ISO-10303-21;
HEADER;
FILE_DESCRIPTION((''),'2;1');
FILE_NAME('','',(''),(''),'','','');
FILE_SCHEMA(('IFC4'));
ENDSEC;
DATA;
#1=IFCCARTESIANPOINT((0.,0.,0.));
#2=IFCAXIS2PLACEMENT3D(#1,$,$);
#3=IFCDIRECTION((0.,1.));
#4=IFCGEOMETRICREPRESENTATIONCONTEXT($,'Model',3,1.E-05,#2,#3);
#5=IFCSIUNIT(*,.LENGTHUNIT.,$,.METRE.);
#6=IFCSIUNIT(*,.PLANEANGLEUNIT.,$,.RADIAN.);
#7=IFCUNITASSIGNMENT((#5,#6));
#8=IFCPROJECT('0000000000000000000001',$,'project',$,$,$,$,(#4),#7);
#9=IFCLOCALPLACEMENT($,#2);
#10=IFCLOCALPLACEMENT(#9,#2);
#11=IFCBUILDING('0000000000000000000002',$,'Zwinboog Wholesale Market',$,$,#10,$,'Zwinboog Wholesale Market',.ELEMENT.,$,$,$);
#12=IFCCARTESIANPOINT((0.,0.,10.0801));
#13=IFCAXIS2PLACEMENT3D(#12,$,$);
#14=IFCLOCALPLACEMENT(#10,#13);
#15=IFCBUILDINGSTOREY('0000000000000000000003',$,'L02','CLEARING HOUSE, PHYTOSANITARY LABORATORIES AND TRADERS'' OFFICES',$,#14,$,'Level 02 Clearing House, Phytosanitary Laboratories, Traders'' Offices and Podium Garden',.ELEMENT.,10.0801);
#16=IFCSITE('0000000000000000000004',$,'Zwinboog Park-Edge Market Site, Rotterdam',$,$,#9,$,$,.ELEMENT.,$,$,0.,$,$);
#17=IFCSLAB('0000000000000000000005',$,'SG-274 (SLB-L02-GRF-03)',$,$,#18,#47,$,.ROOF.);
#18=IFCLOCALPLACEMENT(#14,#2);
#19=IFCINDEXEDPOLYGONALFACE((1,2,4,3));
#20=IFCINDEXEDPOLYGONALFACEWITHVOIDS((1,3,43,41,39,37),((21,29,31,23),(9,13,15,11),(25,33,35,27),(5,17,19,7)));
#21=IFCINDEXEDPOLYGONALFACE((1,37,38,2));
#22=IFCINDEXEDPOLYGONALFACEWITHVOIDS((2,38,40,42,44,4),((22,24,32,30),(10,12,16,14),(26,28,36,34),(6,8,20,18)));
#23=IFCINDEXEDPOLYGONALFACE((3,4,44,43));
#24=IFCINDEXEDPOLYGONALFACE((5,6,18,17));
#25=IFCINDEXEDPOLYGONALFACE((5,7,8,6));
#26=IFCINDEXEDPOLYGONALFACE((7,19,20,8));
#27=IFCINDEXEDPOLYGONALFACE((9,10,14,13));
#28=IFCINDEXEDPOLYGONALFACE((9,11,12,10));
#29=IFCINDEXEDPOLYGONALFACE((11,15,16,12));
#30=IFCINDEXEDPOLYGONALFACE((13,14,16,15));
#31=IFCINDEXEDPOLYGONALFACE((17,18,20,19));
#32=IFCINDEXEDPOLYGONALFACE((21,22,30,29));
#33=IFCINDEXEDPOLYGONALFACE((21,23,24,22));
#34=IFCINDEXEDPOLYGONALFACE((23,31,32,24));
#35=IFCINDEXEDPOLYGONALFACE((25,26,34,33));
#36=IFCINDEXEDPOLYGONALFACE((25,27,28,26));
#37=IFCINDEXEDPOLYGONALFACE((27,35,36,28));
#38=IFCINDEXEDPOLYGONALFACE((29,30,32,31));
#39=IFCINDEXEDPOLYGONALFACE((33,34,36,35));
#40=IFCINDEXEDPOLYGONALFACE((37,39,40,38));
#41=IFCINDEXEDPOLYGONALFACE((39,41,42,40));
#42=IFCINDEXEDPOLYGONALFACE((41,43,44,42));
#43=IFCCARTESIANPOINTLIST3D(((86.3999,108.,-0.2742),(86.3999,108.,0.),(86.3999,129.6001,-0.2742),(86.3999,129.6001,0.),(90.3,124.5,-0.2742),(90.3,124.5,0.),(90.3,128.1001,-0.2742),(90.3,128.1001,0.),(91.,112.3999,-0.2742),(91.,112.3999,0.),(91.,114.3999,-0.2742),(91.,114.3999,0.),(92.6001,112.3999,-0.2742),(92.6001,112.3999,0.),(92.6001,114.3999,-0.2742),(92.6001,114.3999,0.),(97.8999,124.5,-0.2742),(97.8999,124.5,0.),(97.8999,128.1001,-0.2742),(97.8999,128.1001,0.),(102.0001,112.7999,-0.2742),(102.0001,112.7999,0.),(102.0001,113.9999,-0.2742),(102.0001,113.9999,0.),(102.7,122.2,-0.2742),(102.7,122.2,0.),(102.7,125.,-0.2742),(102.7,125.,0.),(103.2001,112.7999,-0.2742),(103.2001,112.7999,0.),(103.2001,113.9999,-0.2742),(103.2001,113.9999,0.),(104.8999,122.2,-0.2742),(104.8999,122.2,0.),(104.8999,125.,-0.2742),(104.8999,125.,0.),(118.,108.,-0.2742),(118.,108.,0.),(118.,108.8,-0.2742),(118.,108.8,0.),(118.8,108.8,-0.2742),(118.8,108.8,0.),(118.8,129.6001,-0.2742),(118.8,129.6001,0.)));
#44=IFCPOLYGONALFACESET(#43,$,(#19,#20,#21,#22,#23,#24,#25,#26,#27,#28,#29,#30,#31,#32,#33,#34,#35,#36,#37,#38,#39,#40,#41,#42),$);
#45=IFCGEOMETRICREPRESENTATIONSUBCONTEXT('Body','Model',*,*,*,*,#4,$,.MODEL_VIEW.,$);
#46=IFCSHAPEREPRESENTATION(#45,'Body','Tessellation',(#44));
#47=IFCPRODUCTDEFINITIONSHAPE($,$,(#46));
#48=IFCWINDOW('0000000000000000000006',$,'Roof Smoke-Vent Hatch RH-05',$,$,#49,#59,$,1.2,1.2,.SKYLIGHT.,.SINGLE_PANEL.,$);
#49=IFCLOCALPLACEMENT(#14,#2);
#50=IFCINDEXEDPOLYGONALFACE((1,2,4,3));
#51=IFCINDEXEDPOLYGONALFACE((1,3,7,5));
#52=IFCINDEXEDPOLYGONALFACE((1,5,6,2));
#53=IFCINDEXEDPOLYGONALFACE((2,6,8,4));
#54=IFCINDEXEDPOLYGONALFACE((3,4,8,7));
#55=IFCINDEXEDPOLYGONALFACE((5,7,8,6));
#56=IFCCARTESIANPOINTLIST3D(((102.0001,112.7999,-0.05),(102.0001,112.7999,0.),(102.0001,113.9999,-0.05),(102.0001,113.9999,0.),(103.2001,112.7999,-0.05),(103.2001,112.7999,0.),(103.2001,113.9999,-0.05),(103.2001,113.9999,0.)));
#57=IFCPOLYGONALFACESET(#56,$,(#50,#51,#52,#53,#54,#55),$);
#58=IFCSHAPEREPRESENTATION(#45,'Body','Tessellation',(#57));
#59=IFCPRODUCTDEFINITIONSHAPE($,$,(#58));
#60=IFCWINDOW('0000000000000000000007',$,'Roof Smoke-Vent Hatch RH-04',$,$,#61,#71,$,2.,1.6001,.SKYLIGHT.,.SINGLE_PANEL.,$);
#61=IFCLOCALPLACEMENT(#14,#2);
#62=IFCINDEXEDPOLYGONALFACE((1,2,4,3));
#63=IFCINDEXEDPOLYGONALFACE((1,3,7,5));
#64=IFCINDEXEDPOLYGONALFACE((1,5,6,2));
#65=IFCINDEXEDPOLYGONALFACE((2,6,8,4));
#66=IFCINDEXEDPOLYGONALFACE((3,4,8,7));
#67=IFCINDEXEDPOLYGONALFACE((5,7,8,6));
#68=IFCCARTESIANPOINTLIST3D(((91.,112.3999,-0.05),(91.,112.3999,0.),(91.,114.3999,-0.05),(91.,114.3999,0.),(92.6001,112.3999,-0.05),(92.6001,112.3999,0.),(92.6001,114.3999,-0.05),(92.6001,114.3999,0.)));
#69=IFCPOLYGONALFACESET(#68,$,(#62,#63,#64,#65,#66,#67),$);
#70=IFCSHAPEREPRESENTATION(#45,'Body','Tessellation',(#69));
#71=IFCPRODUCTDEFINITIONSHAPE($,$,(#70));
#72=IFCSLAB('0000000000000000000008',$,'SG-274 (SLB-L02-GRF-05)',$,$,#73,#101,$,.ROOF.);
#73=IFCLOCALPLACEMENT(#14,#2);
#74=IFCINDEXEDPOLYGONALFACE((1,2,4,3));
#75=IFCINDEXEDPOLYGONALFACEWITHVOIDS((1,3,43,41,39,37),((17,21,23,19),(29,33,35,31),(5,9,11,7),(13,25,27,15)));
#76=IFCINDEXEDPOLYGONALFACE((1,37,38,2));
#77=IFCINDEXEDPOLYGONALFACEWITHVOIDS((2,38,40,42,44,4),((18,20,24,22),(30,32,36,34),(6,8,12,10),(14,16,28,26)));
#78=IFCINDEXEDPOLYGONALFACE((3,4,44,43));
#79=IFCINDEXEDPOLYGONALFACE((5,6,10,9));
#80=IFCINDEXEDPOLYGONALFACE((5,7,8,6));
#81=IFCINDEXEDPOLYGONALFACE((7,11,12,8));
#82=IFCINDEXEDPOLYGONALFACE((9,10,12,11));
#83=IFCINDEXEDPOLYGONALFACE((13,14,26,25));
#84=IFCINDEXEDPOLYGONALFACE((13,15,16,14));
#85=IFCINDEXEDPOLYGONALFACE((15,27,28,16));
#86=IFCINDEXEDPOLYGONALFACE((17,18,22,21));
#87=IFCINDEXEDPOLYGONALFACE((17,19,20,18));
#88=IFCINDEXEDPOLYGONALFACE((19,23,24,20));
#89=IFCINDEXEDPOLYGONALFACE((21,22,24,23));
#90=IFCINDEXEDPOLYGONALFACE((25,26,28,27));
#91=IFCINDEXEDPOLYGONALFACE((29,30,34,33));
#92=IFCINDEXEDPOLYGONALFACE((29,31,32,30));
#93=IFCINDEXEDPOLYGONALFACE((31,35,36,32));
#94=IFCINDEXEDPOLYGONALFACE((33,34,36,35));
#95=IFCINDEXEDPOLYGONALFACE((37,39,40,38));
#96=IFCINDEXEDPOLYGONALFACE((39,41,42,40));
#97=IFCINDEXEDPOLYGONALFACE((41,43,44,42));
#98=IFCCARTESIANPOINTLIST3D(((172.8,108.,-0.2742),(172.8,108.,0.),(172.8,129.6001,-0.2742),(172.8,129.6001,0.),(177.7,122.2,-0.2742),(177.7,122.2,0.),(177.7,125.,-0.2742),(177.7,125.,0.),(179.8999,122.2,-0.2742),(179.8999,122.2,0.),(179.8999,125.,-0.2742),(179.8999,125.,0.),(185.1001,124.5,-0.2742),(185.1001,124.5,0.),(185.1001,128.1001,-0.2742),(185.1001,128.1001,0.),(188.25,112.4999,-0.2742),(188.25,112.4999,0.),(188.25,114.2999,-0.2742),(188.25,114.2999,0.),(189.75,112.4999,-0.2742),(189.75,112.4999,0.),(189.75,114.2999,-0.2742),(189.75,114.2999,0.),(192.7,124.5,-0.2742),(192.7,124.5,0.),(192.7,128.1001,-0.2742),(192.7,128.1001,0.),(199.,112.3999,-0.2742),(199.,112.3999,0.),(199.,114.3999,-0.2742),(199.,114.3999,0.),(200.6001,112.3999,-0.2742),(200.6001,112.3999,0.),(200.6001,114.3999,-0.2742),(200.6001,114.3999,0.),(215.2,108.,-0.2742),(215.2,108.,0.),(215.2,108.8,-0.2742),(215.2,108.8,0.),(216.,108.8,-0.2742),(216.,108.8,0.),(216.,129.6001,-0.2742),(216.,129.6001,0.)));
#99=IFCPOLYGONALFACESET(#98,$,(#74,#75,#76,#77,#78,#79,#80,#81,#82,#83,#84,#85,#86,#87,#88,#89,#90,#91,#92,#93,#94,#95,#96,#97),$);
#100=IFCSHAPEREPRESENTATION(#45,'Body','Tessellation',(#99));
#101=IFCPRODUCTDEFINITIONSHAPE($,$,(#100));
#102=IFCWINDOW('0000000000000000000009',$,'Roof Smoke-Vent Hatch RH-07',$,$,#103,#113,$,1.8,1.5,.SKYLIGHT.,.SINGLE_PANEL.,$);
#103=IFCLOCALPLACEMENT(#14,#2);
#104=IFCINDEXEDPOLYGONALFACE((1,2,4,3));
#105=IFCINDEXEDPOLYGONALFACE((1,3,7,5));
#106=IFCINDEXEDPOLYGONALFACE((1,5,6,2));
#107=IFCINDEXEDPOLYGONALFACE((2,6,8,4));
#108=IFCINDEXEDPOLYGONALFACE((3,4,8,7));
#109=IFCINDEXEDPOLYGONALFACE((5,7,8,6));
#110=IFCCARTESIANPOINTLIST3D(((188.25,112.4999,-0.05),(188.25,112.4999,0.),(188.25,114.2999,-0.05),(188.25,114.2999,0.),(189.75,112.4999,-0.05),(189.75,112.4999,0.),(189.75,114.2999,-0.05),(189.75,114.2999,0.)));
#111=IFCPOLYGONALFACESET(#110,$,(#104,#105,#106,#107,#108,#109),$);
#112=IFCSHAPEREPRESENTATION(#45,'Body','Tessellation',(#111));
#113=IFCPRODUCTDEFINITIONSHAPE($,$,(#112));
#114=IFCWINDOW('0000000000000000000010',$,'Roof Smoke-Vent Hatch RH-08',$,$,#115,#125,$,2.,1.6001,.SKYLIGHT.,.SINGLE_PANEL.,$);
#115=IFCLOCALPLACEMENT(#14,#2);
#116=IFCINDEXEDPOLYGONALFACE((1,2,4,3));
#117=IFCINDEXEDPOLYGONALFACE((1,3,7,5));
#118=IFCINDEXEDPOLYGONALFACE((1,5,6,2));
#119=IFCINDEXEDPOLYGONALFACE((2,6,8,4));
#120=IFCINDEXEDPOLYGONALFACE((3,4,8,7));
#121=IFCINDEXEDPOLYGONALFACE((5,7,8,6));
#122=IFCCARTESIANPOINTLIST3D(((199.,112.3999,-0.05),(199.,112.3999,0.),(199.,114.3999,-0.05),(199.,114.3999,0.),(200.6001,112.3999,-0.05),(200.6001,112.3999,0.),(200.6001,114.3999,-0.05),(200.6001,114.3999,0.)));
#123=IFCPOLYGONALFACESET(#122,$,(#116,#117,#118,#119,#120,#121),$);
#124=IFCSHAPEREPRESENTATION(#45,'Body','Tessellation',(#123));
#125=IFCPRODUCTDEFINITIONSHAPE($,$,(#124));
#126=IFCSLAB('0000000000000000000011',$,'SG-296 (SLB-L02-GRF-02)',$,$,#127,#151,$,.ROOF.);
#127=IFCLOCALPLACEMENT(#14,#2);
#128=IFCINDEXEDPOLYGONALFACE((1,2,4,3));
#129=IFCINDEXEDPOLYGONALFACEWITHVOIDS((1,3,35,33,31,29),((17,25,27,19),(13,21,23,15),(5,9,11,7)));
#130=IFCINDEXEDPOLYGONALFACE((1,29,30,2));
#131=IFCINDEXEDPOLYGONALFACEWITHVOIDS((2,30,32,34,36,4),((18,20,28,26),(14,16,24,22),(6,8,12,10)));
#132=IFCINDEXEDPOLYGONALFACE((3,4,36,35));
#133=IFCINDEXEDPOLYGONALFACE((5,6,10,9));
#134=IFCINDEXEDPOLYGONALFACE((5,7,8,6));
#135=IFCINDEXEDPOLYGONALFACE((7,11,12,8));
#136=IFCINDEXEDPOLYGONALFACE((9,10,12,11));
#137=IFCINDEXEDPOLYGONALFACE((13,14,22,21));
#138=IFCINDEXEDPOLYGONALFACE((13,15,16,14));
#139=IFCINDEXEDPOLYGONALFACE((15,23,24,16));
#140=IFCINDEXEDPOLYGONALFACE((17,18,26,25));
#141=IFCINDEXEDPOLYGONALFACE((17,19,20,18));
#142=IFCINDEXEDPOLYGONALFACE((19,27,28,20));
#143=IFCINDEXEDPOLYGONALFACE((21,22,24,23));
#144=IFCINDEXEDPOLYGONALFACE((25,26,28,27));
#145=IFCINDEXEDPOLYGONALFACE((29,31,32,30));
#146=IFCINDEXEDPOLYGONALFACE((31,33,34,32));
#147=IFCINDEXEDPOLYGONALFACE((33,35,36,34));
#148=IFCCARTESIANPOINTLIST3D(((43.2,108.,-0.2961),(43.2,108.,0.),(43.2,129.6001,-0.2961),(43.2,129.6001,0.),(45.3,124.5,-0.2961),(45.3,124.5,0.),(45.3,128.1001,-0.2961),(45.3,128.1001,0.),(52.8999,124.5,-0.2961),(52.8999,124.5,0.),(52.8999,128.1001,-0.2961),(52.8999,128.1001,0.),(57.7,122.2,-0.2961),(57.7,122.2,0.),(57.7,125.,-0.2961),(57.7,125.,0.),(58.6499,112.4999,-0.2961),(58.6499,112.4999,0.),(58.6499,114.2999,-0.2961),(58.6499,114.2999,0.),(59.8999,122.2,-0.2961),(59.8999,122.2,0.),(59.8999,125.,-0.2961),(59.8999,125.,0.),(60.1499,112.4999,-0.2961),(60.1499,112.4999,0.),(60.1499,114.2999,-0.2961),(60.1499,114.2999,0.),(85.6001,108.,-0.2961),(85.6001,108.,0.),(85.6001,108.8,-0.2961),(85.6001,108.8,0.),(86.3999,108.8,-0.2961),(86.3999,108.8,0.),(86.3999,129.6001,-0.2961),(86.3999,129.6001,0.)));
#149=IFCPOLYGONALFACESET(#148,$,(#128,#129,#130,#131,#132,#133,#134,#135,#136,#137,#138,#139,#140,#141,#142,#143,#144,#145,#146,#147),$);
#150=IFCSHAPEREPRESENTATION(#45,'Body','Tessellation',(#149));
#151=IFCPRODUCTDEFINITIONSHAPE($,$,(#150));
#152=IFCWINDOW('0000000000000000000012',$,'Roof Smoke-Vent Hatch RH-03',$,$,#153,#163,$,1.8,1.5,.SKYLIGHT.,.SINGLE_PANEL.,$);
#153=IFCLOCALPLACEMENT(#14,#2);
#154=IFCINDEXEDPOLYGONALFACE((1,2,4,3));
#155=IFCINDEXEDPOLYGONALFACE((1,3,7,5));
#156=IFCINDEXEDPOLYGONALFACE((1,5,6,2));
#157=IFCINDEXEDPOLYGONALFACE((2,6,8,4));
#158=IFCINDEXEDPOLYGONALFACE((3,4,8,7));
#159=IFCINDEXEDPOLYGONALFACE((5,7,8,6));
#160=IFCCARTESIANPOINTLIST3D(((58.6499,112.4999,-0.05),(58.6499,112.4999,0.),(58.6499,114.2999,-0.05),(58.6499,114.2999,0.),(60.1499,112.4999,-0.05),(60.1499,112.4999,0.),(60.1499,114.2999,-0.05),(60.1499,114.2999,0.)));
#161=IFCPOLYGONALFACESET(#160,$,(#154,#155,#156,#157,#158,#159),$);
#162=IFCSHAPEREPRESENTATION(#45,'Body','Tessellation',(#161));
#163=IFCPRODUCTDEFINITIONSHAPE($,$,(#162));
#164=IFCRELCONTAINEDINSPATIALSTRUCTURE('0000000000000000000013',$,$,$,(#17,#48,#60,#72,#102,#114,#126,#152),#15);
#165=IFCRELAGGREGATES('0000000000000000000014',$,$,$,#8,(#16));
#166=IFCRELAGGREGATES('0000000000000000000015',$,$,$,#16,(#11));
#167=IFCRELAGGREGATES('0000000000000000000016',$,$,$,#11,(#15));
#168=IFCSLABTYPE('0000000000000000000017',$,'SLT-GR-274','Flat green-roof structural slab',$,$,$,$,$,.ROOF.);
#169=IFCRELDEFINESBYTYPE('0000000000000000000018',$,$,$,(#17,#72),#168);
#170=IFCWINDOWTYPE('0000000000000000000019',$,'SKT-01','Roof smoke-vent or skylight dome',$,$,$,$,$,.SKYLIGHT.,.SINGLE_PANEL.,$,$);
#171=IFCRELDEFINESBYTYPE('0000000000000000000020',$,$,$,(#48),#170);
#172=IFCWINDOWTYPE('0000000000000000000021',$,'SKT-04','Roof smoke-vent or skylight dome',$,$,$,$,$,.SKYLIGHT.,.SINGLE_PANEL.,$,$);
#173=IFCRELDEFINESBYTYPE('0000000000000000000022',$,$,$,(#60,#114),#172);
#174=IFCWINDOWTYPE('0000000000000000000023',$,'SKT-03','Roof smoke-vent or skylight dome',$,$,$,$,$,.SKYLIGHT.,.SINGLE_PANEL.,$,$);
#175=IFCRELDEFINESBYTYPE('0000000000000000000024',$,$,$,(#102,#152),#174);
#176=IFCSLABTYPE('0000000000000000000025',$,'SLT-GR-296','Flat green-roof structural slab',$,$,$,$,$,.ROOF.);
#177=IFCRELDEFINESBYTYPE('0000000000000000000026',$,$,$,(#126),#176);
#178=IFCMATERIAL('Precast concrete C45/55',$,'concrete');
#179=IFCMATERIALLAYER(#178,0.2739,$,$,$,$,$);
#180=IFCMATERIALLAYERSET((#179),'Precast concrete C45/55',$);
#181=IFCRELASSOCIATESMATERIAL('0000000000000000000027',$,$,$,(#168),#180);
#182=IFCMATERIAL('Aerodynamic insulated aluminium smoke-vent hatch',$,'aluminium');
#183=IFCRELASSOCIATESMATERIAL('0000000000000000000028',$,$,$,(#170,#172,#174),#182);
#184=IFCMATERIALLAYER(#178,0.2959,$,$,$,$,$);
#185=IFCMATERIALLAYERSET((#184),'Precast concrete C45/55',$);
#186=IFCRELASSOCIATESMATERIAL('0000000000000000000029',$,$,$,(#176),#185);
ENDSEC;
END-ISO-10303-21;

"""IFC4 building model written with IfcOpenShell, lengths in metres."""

from ifc_helpers import new_model, si_unit, direction, frame, origin, origin_2d, place, context, subcontext, project, spatial, polyline, rectangle, outline, extrude, material, layer, layer_set, type_object, element, fill, save


model = new_model("IFC4")

# Units and contexts
model_context = context("Model", 3, precision=1e-05, world=origin(), true_north=direction((0.0, 1.0)))
body_context = subcontext(model_context, "Body", "Model", "MODEL_VIEW")
ifc_project = project(units=[si_unit("LENGTHUNIT", "METRE"), si_unit("PLANEANGLEUNIT", "RADIAN")], contexts=[model_context])

# Site, building, storey
site_placement = place(None, origin())
site = spatial("IfcSite", under=ifc_project, at=site_placement, Name="Zwinboog Park-Edge Market Site, Rotterdam", CompositionType="ELEMENT", RefElevation=0.0)
building_placement = place(site_placement, origin())
building = spatial("IfcBuilding", under=site, at=building_placement, Name="Zwinboog Wholesale Market", LongName="Zwinboog Wholesale Market", CompositionType="ELEMENT")
storey_placement = place(building_placement, frame((0.0, 0.0, 10.0801)))
storey = spatial("IfcBuildingStorey", under=building, at=storey_placement, Name="L02", Description="CLEARING HOUSE, PHYTOSANITARY LABORATORIES AND TRADERS' OFFICES", LongName="Level 02 Clearing House, Phytosanitary Laboratories, Traders' Offices and Podium Garden", CompositionType="ELEMENT", Elevation=10.0801)

# Shared definitions
ifc_material_1 = material(Name="Precast concrete C45/55", Category="concrete")

# Slabs, openings, windows
ifc_layer_1 = layer(ifc_material_1, 0.2739)
ifc_layer_set_1 = layer_set([ifc_layer_1], Name="Precast concrete C45/55")
slab_type_1 = type_object("IfcSlabType", Name="SLT-GR-274", Description="Flat green-roof structural slab", PredefinedType="ROOF", material=ifc_layer_set_1)
ifc_material_2 = material(Name="Aerodynamic insulated aluminium smoke-vent hatch", Category="aluminium")
window_type_1 = type_object("IfcWindowType", Name="SKT-01", Description="Roof smoke-vent or skylight dome", PartitioningType="SINGLE_PANEL", PredefinedType="SKYLIGHT", material=ifc_material_2)
slab_1_placement = place(storey_placement, frame((0.0, 0.0, -0.2742)))
slab_1 = element("IfcSlab", 1, at=slab_1_placement, inside=storey, type_object=slab_type_1, Name="SG-274 (SLB-L02-GRF-03)", PredefinedType="ROOF", context=body_context, shape_type="SweptSolid", body=[
    extrude(outline(polyline([(86.3999, 108.0), (118.0, 108.0), (118.0, 108.8), (118.8, 108.8), (118.8, 129.6001), (86.3999, 129.6001), (86.3999, 108.0)]), holes=[polyline([(90.3, 124.5), (97.8999, 124.5), (97.8999, 128.1001), (90.3, 128.1001), (90.3, 124.5)]), polyline([(102.7, 122.2), (104.8999, 122.2), (104.8999, 125.0), (102.7, 125.0), (102.7, 122.2)])]), origin(), (0.0, 0.0, 1.0), 0.2742),
])
opening_1_placement = place(slab_1_placement, frame((91.8, 113.3999, 0.0)))
opening_1 = element("IfcOpeningElement", 2, at=opening_1_placement, cuts=slab_1, PredefinedType="OPENING", context=body_context, shape_type="SweptSolid", body=[
    extrude(rectangle(XDim=1.6001, YDim=2.0, at=origin_2d()), frame((0.0, 0.0, -0.01)), (0.0, 0.0, 1.0), 0.2942),
])
opening_2_placement = place(slab_1_placement, frame((102.6001, 113.3999, 0.0)))
opening_2 = element("IfcOpeningElement", 3, at=opening_2_placement, cuts=slab_1, PredefinedType="OPENING", context=body_context, shape_type="SweptSolid", body=[
    extrude(rectangle(XDim=1.2, YDim=1.2, at=origin_2d()), frame((0.0, 0.0, -0.01)), (0.0, 0.0, 1.0), 0.2942),
])
window_1_placement = place(opening_2_placement, frame((0.0, 0.0, 0.2241)))
window_1 = element("IfcWindow", 4, at=window_1_placement, inside=storey, type_object=window_type_1, Name="Roof Smoke-Vent Hatch RH-05", OverallHeight=1.2, OverallWidth=1.2, PartitioningType="SINGLE_PANEL", PredefinedType="SKYLIGHT", context=body_context, shape_type="SweptSolid", body=[
    extrude(rectangle(XDim=1.2, YDim=1.2, at=origin_2d()), origin(), (0.0, 0.0, 1.0), 0.05),
])
fill(opening_2, window_1)
window_type_2 = type_object("IfcWindowType", Name="SKT-04", Description="Roof smoke-vent or skylight dome", PartitioningType="SINGLE_PANEL", PredefinedType="SKYLIGHT", material=ifc_material_2)
window_2_placement = place(opening_1_placement, frame((0.0, 0.0, 0.2241)))
window_2 = element("IfcWindow", 5, at=window_2_placement, inside=storey, type_object=window_type_2, Name="Roof Smoke-Vent Hatch RH-04", OverallHeight=2.0, OverallWidth=1.6001, PartitioningType="SINGLE_PANEL", PredefinedType="SKYLIGHT", context=body_context, shape_type="SweptSolid", body=[
    extrude(rectangle(XDim=1.6001, YDim=2.0, at=origin_2d()), origin(), (0.0, 0.0, 1.0), 0.05),
])
fill(opening_1, window_2)
slab_2_placement = place(storey_placement, frame((0.0, 0.0, -0.2742)))
slab_2 = element("IfcSlab", 6, at=slab_2_placement, inside=storey, type_object=slab_type_1, Name="SG-274 (SLB-L02-GRF-05)", PredefinedType="ROOF", context=body_context, shape_type="SweptSolid", body=[
    extrude(outline(polyline([(172.8, 108.0), (215.2, 108.0), (215.2, 108.8), (216.0, 108.8), (216.0, 129.6001), (172.8, 129.6001), (172.8, 108.0)]), holes=[polyline([(185.1001, 124.5), (192.7, 124.5), (192.7, 128.1001), (185.1001, 128.1001), (185.1001, 124.5)]), polyline([(177.7, 122.2), (179.8999, 122.2), (179.8999, 125.0), (177.7, 125.0), (177.7, 122.2)])]), origin(), (0.0, 0.0, 1.0), 0.2742),
])
opening_3_placement = place(slab_2_placement, frame((189.0, 113.3999, 0.0)))
opening_3 = element("IfcOpeningElement", 7, at=opening_3_placement, cuts=slab_2, PredefinedType="OPENING", context=body_context, shape_type="SweptSolid", body=[
    extrude(rectangle(XDim=1.5, YDim=1.8, at=origin_2d()), frame((0.0, 0.0, -0.01)), (0.0, 0.0, 1.0), 0.2942),
])
opening_4_placement = place(slab_2_placement, frame((199.8, 113.3999, 0.0)))
opening_4 = element("IfcOpeningElement", 8, at=opening_4_placement, cuts=slab_2, PredefinedType="OPENING", context=body_context, shape_type="SweptSolid", body=[
    extrude(rectangle(XDim=1.6001, YDim=2.0, at=origin_2d()), frame((0.0, 0.0, -0.01)), (0.0, 0.0, 1.0), 0.2942),
])
window_type_3 = type_object("IfcWindowType", Name="SKT-03", Description="Roof smoke-vent or skylight dome", PartitioningType="SINGLE_PANEL", PredefinedType="SKYLIGHT", material=ifc_material_2)
window_3_placement = place(opening_3_placement, frame((0.0, 0.0, 0.2241)))
window_3 = element("IfcWindow", 9, at=window_3_placement, inside=storey, type_object=window_type_3, Name="Roof Smoke-Vent Hatch RH-07", OverallHeight=1.8, OverallWidth=1.5, PartitioningType="SINGLE_PANEL", PredefinedType="SKYLIGHT", context=body_context, shape_type="SweptSolid", body=[
    extrude(rectangle(XDim=1.5, YDim=1.8, at=origin_2d()), origin(), (0.0, 0.0, 1.0), 0.05),
])
fill(opening_3, window_3)
window_4_placement = place(opening_4_placement, frame((0.0, 0.0, 0.2241)))
window_4 = element("IfcWindow", 10, at=window_4_placement, inside=storey, type_object=window_type_2, Name="Roof Smoke-Vent Hatch RH-08", OverallHeight=2.0, OverallWidth=1.6001, PartitioningType="SINGLE_PANEL", PredefinedType="SKYLIGHT", context=body_context, shape_type="SweptSolid", body=[
    extrude(rectangle(XDim=1.6001, YDim=2.0, at=origin_2d()), origin(), (0.0, 0.0, 1.0), 0.05),
])
fill(opening_4, window_4)

# Slab, opening, window
ifc_layer_2 = layer(ifc_material_1, 0.2959)
ifc_layer_set_2 = layer_set([ifc_layer_2], Name="Precast concrete C45/55")
slab_type_2 = type_object("IfcSlabType", Name="SLT-GR-296", Description="Flat green-roof structural slab", PredefinedType="ROOF", material=ifc_layer_set_2)
slab_3_placement = place(storey_placement, frame((0.0, 0.0, -0.2961)))
slab_3 = element("IfcSlab", 11, at=slab_3_placement, inside=storey, type_object=slab_type_2, Name="SG-296 (SLB-L02-GRF-02)", PredefinedType="ROOF", context=body_context, shape_type="SweptSolid", body=[
    extrude(outline(polyline([(43.2, 108.0), (85.6001, 108.0), (85.6001, 108.8), (86.3999, 108.8), (86.3999, 129.6001), (43.2, 129.6001), (43.2, 108.0)]), holes=[polyline([(45.3, 124.5), (52.8999, 124.5), (52.8999, 128.1001), (45.3, 128.1001), (45.3, 124.5)]), polyline([(57.7, 122.2), (59.8999, 122.2), (59.8999, 125.0), (57.7, 125.0), (57.7, 122.2)])]), origin(), (0.0, 0.0, 1.0), 0.2961),
])
opening_5_placement = place(slab_3_placement, frame((59.3999, 113.3999, 0.0)))
opening_5 = element("IfcOpeningElement", 12, at=opening_5_placement, cuts=slab_3, PredefinedType="OPENING", context=body_context, shape_type="SweptSolid", body=[
    extrude(rectangle(XDim=1.5, YDim=1.8, at=origin_2d()), frame((0.0, 0.0, -0.01)), (0.0, 0.0, 1.0), 0.3162),
])
window_5_placement = place(opening_5_placement, frame((0.0, 0.0, 0.2461)))
window_5 = element("IfcWindow", 13, at=window_5_placement, inside=storey, type_object=window_type_3, Name="Roof Smoke-Vent Hatch RH-03", OverallHeight=1.8, OverallWidth=1.5, PartitioningType="SINGLE_PANEL", PredefinedType="SKYLIGHT", context=body_context, shape_type="SweptSolid", body=[
    extrude(rectangle(XDim=1.5, YDim=1.8, at=origin_2d()), origin(), (0.0, 0.0, 1.0), 0.05),
])
fill(opening_5, window_5)

save(model, "model.ifc")
